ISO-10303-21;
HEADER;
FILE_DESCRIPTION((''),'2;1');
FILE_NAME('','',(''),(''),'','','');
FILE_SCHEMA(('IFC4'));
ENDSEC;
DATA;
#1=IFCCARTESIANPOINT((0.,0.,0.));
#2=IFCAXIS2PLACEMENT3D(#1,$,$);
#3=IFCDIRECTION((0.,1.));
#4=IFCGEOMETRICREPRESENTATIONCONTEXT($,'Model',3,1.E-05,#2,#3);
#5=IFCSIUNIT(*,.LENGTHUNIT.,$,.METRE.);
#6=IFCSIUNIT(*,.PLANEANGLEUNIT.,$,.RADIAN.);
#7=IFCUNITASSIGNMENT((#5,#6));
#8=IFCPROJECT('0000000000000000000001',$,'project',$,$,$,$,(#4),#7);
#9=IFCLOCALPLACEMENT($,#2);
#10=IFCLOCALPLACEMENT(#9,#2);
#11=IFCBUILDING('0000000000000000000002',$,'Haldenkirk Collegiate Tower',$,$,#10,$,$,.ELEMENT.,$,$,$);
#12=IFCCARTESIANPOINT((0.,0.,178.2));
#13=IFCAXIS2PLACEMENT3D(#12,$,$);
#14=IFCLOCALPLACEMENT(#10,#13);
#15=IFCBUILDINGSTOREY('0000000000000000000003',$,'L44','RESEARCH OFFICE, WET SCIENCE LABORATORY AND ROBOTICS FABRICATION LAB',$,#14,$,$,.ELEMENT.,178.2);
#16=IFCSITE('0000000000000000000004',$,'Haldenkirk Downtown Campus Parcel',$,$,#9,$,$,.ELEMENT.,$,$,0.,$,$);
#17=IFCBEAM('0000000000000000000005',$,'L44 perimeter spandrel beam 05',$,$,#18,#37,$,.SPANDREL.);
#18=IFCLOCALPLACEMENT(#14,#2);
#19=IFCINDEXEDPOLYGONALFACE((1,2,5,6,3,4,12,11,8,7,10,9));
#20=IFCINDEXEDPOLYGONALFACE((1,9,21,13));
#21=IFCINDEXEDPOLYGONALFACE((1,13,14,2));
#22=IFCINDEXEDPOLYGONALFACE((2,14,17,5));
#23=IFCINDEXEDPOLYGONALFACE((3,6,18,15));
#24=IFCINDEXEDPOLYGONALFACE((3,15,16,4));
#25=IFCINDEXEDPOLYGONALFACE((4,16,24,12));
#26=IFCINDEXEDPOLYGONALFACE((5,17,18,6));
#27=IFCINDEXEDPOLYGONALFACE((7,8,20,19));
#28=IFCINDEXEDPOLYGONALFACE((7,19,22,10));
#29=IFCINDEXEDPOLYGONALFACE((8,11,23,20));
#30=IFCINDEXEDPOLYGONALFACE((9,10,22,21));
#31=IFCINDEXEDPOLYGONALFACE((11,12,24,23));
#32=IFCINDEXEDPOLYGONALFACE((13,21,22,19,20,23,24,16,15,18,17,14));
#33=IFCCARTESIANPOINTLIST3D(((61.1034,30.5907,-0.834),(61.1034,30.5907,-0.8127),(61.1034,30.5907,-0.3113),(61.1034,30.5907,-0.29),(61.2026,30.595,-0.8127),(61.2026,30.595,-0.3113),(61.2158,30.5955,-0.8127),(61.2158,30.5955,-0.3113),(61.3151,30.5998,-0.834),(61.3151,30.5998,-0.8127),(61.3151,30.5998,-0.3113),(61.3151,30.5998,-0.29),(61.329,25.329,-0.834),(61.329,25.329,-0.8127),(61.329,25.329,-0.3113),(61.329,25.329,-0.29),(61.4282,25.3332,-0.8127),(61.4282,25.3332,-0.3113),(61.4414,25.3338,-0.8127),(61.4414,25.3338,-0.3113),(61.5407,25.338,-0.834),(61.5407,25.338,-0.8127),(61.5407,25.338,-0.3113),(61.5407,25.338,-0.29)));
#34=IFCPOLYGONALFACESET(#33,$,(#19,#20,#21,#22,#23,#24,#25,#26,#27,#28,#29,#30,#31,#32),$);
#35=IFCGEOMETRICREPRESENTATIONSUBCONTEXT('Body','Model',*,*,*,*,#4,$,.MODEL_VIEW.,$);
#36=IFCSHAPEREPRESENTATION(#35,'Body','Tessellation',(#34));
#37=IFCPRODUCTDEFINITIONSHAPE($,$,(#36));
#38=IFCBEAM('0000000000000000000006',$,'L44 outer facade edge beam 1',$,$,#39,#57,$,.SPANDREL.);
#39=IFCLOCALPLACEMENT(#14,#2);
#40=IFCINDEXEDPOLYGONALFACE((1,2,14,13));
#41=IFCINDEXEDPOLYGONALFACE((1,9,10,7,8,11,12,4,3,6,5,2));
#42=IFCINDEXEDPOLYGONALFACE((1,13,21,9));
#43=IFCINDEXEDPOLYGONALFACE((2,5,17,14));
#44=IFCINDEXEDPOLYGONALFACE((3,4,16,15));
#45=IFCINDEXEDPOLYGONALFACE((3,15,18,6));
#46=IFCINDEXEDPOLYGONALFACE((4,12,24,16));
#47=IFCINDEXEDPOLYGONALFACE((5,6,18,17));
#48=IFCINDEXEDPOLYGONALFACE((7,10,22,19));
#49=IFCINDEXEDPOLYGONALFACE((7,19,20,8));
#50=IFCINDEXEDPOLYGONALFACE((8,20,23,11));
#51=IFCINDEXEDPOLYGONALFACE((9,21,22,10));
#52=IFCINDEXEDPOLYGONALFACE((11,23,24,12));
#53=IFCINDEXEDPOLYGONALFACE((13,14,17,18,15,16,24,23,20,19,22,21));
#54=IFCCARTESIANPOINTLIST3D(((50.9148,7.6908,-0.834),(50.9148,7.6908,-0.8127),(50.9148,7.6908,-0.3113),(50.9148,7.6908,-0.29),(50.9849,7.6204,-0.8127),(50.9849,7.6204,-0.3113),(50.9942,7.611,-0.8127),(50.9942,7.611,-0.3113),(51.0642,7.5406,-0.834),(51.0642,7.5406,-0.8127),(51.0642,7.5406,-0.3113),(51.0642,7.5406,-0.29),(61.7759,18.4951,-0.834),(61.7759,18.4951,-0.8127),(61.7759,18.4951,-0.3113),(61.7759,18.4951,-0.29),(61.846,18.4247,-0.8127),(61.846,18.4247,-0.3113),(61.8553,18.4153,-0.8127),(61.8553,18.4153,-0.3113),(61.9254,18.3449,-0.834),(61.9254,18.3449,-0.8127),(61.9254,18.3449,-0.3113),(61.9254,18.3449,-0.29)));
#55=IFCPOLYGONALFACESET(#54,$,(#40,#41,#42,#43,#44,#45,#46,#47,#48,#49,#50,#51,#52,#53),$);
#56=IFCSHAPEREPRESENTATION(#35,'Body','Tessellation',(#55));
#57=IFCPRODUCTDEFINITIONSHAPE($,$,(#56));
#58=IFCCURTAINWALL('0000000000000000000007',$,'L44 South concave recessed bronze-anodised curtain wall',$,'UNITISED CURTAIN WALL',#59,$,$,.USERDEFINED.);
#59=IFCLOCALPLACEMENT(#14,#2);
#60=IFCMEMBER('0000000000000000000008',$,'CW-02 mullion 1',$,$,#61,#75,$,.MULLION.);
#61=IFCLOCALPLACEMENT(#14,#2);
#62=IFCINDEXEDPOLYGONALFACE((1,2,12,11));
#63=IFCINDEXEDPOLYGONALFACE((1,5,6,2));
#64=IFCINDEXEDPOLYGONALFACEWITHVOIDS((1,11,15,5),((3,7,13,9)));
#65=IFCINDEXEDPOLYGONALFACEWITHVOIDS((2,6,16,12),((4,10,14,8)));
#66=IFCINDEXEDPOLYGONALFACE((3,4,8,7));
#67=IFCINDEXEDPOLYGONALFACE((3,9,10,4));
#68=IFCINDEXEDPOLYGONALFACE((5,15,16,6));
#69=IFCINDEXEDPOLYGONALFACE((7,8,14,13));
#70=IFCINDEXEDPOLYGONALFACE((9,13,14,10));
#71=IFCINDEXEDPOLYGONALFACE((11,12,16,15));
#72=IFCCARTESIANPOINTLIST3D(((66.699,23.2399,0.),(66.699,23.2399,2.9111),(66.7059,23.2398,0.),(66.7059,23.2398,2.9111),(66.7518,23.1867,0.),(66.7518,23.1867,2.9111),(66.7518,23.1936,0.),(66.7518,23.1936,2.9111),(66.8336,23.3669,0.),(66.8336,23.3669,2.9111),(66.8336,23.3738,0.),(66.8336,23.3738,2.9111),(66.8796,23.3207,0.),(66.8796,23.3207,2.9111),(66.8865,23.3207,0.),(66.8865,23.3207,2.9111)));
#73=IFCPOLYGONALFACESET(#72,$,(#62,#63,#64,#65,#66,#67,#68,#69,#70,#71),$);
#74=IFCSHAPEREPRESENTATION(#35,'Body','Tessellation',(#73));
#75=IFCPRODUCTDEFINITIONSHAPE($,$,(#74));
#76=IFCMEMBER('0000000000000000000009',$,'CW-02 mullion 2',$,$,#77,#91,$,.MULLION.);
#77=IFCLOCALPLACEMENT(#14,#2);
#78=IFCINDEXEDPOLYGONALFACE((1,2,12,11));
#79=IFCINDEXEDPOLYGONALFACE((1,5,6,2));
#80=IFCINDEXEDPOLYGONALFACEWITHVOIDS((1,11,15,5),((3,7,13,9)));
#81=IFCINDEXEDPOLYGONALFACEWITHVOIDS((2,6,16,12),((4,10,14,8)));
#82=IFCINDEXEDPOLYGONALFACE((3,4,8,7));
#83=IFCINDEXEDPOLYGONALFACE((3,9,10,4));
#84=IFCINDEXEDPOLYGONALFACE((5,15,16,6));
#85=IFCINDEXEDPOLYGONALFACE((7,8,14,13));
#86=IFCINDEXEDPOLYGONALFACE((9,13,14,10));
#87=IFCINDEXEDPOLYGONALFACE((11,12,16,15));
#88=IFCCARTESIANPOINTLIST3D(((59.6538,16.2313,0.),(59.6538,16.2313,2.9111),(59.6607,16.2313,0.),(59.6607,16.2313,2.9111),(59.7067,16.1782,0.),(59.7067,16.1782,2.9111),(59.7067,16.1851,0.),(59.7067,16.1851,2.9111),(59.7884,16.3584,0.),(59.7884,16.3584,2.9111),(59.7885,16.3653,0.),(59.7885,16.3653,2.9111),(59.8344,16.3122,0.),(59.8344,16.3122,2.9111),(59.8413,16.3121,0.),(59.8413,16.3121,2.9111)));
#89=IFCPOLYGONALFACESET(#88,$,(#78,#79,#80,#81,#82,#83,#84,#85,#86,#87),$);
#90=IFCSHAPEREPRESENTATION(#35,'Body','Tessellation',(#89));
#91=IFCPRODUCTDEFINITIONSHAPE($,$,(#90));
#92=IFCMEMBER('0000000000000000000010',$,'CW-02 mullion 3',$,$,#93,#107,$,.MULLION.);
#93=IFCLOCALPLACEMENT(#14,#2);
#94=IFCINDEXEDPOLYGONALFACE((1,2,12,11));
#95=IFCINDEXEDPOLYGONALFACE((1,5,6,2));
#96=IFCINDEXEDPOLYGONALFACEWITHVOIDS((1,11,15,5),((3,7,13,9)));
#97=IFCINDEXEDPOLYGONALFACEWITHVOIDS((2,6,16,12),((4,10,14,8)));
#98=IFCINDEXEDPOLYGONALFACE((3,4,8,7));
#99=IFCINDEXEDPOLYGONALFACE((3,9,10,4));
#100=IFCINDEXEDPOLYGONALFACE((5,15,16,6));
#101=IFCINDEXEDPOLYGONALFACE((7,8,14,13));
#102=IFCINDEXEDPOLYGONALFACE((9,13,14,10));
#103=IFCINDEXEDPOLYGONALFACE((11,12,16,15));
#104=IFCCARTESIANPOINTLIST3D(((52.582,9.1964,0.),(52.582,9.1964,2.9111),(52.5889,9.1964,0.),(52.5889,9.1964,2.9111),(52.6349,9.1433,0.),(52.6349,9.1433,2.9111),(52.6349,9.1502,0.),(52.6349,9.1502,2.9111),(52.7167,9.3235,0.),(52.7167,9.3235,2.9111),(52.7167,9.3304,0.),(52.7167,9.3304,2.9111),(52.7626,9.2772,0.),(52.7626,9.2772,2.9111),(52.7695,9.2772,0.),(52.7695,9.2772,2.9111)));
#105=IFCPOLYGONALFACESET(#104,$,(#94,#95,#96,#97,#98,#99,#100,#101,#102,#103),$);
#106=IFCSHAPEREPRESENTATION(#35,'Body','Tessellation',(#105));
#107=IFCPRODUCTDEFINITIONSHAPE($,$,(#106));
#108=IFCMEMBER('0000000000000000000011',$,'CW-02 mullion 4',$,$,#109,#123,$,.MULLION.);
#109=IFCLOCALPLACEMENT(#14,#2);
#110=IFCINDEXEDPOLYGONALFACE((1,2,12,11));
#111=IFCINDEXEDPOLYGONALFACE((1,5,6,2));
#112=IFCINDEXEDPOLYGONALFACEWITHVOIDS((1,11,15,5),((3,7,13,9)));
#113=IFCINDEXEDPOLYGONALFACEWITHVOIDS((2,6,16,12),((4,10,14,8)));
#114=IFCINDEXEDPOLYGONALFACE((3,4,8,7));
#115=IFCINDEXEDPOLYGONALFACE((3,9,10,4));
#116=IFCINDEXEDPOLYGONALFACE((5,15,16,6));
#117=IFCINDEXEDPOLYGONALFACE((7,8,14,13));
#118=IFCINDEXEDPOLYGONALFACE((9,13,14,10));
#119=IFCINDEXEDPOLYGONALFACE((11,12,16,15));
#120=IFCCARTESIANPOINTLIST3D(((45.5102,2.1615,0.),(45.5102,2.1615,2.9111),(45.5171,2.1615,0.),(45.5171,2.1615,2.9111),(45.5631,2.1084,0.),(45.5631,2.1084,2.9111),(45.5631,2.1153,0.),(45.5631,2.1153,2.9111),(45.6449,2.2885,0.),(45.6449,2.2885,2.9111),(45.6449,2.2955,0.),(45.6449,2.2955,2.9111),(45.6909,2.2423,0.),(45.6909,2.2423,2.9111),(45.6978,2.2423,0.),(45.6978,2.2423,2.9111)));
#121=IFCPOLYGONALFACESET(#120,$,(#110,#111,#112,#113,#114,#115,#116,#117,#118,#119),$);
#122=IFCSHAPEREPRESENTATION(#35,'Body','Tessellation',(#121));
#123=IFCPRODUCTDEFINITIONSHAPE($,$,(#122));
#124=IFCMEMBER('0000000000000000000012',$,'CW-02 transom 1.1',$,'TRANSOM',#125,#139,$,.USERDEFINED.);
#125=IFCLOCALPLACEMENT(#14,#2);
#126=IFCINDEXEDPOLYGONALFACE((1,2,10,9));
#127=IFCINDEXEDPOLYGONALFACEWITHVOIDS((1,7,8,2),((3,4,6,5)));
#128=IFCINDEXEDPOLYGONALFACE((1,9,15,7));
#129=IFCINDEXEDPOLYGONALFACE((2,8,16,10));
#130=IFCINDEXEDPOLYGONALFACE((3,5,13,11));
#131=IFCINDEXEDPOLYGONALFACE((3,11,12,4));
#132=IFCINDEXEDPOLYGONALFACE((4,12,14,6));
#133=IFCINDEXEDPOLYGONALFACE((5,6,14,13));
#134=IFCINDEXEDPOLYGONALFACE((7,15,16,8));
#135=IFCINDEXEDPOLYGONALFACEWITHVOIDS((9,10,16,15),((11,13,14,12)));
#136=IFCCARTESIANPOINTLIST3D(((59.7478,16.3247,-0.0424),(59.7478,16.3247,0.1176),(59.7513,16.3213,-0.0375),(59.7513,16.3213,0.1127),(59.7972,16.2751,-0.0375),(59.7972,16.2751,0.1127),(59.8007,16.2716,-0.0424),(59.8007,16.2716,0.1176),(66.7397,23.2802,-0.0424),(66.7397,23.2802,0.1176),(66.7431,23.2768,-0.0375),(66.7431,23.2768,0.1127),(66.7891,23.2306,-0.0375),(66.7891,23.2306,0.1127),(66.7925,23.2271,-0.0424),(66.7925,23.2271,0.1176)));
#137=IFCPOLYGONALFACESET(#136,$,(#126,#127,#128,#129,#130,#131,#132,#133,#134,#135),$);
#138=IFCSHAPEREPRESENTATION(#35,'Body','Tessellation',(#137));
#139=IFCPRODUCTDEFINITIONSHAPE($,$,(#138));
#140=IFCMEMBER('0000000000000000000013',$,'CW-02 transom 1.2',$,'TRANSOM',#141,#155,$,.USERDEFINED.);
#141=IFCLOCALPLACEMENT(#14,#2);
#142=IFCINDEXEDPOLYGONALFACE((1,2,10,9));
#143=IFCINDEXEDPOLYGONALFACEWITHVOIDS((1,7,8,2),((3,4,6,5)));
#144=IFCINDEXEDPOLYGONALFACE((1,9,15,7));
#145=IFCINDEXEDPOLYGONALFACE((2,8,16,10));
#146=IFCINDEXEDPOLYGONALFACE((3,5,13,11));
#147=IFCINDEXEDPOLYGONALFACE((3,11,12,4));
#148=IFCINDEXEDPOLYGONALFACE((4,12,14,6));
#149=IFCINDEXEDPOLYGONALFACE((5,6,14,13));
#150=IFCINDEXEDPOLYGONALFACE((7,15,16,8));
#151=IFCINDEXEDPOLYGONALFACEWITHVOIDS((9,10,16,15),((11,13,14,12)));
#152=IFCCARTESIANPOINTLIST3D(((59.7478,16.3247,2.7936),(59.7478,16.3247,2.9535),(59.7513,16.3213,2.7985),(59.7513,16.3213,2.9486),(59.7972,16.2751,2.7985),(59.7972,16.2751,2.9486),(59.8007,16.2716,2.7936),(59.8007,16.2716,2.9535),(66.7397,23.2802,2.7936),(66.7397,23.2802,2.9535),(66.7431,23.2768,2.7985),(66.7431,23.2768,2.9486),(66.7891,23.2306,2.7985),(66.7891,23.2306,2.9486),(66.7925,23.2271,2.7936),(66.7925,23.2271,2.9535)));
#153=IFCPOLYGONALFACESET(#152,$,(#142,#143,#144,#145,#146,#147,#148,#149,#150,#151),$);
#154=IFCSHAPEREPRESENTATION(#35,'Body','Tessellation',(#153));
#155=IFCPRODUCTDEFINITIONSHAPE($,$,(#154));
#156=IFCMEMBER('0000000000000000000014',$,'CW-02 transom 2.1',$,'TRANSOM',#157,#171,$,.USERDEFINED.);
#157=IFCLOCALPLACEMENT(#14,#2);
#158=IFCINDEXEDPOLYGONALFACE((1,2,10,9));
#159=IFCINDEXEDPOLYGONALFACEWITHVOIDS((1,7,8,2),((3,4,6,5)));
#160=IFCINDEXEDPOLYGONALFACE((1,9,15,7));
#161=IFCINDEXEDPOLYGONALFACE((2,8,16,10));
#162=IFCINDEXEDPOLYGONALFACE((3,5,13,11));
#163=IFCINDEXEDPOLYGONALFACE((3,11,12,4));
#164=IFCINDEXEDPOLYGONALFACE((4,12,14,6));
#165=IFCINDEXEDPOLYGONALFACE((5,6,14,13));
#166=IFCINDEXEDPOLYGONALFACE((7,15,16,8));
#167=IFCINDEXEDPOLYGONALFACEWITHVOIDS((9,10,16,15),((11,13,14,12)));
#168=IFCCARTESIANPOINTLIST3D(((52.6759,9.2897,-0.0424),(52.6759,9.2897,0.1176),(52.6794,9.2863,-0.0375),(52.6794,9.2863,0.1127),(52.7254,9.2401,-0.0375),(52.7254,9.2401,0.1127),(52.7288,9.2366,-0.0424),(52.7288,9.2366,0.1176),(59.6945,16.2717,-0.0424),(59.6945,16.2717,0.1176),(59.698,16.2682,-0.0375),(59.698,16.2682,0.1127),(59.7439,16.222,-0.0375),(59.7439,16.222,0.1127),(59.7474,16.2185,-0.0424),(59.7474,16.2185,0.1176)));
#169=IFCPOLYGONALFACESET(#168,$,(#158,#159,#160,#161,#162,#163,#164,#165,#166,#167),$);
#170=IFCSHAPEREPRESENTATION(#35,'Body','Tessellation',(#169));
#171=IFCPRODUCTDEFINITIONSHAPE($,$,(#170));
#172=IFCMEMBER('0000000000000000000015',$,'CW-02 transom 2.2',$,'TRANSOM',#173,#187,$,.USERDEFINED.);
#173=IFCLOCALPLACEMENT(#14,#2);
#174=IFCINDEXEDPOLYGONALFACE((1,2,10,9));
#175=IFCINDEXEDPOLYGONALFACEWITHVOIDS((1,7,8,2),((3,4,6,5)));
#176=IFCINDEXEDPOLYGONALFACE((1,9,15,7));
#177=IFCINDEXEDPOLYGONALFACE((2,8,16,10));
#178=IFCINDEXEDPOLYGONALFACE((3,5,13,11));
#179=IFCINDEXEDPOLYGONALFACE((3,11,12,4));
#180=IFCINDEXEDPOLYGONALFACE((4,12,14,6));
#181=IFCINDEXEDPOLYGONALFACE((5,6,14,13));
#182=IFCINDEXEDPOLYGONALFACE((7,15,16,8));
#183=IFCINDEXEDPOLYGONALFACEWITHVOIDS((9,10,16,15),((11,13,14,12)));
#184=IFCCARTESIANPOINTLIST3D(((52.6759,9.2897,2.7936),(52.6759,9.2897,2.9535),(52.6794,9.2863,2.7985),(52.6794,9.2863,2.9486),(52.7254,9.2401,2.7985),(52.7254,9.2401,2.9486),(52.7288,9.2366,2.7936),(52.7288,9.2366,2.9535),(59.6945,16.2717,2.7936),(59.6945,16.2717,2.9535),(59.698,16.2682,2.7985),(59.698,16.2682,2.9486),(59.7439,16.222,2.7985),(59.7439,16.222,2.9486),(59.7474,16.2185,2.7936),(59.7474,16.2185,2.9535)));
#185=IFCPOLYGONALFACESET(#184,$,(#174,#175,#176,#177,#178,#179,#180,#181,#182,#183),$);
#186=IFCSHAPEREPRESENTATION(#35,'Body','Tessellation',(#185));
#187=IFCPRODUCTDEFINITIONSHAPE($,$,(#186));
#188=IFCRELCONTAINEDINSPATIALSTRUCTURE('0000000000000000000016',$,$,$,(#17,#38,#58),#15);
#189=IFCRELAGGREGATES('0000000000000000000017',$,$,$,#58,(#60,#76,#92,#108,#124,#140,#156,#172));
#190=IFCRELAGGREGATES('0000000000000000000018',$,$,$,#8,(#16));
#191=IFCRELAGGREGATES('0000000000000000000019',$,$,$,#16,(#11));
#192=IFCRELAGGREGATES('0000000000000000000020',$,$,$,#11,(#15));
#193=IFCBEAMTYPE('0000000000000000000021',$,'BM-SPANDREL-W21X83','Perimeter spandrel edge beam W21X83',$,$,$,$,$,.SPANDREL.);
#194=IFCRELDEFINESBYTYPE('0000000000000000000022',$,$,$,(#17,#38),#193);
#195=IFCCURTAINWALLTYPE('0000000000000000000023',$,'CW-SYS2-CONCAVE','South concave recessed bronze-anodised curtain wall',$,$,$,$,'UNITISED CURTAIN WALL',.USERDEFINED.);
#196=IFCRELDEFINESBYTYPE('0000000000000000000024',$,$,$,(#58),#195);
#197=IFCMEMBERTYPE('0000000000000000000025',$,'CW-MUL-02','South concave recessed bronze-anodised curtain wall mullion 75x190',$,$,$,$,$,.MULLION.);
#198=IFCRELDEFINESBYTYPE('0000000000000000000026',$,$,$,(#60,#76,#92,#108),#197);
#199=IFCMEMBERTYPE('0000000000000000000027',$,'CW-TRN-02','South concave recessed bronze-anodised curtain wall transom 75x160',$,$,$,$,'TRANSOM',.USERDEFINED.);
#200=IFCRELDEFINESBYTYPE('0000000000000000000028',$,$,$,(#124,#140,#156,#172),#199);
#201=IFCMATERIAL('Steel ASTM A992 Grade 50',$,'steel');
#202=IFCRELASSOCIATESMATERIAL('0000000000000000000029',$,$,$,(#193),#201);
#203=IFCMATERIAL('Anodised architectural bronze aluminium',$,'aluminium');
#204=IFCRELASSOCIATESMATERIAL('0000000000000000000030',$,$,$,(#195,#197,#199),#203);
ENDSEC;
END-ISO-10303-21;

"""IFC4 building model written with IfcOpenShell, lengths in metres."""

from ifc_helpers import new_model, si_unit, direction, frame, origin, origin_2d, place, context, subcontext, project, spatial, hollow_rectangle, i_section, extrude, material, material_profile, profile_set, type_object, element, aggregate, save


model = new_model("IFC4")

# Units and contexts
model_context = context("Model", 3, precision=1e-05, world=origin(), true_north=direction((0.0, 1.0)))
body_context = subcontext(model_context, "Body", "Model", "MODEL_VIEW")
ifc_project = project(units=[si_unit("LENGTHUNIT", "METRE"), si_unit("PLANEANGLEUNIT", "RADIAN")], contexts=[model_context])

# Site, building, storey
site_placement = place(None, origin())
site = spatial("IfcSite", under=ifc_project, at=site_placement, Name="Haldenkirk Downtown Campus Parcel", CompositionType="ELEMENT", RefElevation=0.0)
building_placement = place(site_placement, origin())
building = spatial("IfcBuilding", under=site, at=building_placement, Name="Haldenkirk Collegiate Tower", CompositionType="ELEMENT")
storey_placement = place(building_placement, frame((0.0, 0.0, 178.2)))
storey = spatial("IfcBuildingStorey", under=building, at=storey_placement, Name="L44", Description="RESEARCH OFFICE, WET SCIENCE LABORATORY AND ROBOTICS FABRICATION LAB", CompositionType="ELEMENT", Elevation=178.2)

# Beams
ifc_material_1 = material(Name="Steel ASTM A992 Grade 50", Category="steel")
ifc_material_profile_1 = material_profile(ifc_material_1, i_section(OverallWidth=0.2119, OverallDepth=0.5439, WebThickness=0.0132, FlangeThickness=0.0212, at=origin_2d()), Name="W21X83")
ifc_profile_set_1 = profile_set([ifc_material_profile_1], Name="Steel ASTM A992 Grade 50")
beam_type_1 = type_object("IfcBeamType", Name="BM-SPANDREL-W21X83", Description="Perimeter spandrel edge beam W21X83", PredefinedType="SPANDREL", material=ifc_profile_set_1)
beam_1_placement = place(storey_placement, frame((61.4348, 25.3335, -0.562), z_axis=(-0.042834, 0.999082, 0.0), x_axis=(-0.999082, -0.042834, 0.0)))
element("IfcBeam", 1, at=beam_1_placement, inside=storey, type_object=beam_type_1, Name="L44 perimeter spandrel beam 05", PredefinedType="SPANDREL", context=body_context, shape_type="SweptSolid", body=[
    extrude(i_section(OverallWidth=0.2119, OverallDepth=0.5439, WebThickness=0.0132, FlangeThickness=0.0212, at=origin_2d()), origin(), (0.0, 0.0, 1.0), 5.2666),
])
beam_2_placement = place(storey_placement, frame((50.9895, 7.6157, -0.562), z_axis=(0.708961, 0.705248, 0.0), x_axis=(-0.705248, 0.708961, 0.0)))
element("IfcBeam", 2, at=beam_2_placement, inside=storey, type_object=beam_type_1, Name="L44 outer facade edge beam 1", PredefinedType="SPANDREL", context=body_context, shape_type="SweptSolid", body=[
    extrude(i_section(OverallWidth=0.2119, OverallDepth=0.5439, WebThickness=0.0132, FlangeThickness=0.0212, at=origin_2d()), origin(), (0.0, 0.0, 1.0), 15.3198),
])

# Curtain wall, members
ifc_material_2 = material(Name="Anodised architectural bronze aluminium", Category="aluminium")
curtain_wall_type = type_object("IfcCurtainWallType", Name="CW-SYS2-CONCAVE", Description="South concave recessed bronze-anodised curtain wall", ElementType="UNITISED CURTAIN WALL", PredefinedType="USERDEFINED", material=ifc_material_2)
curtain_wall_placement = place(storey_placement, origin())
curtain_wall = element("IfcCurtainWall", 3, at=curtain_wall_placement, inside=storey, type_object=curtain_wall_type, Name="L44 South concave recessed bronze-anodised curtain wall", ObjectType="UNITISED CURTAIN WALL", PredefinedType="USERDEFINED")
ifc_material_profile_2 = material_profile(ifc_material_2, hollow_rectangle(XDim=0.075, YDim=0.1899, WallThickness=0.0049, at=origin_2d()), Name="CW-MUL-02")
ifc_profile_set_2 = profile_set([ifc_material_profile_2], Name="Anodised architectural bronze aluminium")
member_type_1 = type_object("IfcMemberType", Name="CW-MUL-02", Description="South concave recessed bronze-anodised curtain wall mullion 75x190", PredefinedType="MULLION", material=ifc_profile_set_2)
member_1_placement = place(storey_placement, frame((66.7927, 23.2803, 0.0), z_axis=(0.0, 0.0, 1.0), x_axis=(0.705255, -0.708954, 0.0)))
member_1 = element("IfcMember", 4, at=member_1_placement, type_object=member_type_1, Name="CW-02 mullion 1", PredefinedType="MULLION", context=body_context, shape_type="SweptSolid", body=[
    extrude(hollow_rectangle(XDim=0.075, YDim=0.1899, WallThickness=0.0049, at=origin_2d()), origin(), (0.0, 0.0, 1.0), 2.9111),
])
member_2_placement = place(storey_placement, frame((59.7476, 16.2717, 0.0), z_axis=(0.0, 0.0, 1.0), x_axis=(0.705255, -0.708954, 0.0)))
member_2 = element("IfcMember", 5, at=member_2_placement, type_object=member_type_1, Name="CW-02 mullion 2", PredefinedType="MULLION", context=body_context, shape_type="SweptSolid", body=[
    extrude(hollow_rectangle(XDim=0.075, YDim=0.1899, WallThickness=0.0049, at=origin_2d()), origin(), (0.0, 0.0, 1.0), 2.9111),
])
member_3_placement = place(storey_placement, frame((52.6758, 9.2368, 0.0), z_axis=(0.0, 0.0, 1.0), x_axis=(0.705255, -0.708954, 0.0)))
member_3 = element("IfcMember", 6, at=member_3_placement, type_object=member_type_1, Name="CW-02 mullion 3", PredefinedType="MULLION", context=body_context, shape_type="SweptSolid", body=[
    extrude(hollow_rectangle(XDim=0.075, YDim=0.1899, WallThickness=0.0049, at=origin_2d()), origin(), (0.0, 0.0, 1.0), 2.9111),
])
member_4_placement = place(storey_placement, frame((45.604, 2.2019, 0.0), z_axis=(0.0, 0.0, 1.0), x_axis=(0.705255, -0.708954, 0.0)))
member_4 = element("IfcMember", 7, at=member_4_placement, type_object=member_type_1, Name="CW-02 mullion 4", PredefinedType="MULLION", context=body_context, shape_type="SweptSolid", body=[
    extrude(hollow_rectangle(XDim=0.075, YDim=0.1899, WallThickness=0.0049, at=origin_2d()), origin(), (0.0, 0.0, 1.0), 2.9111),
])
ifc_material_profile_3 = material_profile(ifc_material_2, hollow_rectangle(XDim=0.075, YDim=0.1599, WallThickness=0.0049, at=origin_2d()), Name="CW-TRN-02")
ifc_profile_set_3 = profile_set([ifc_material_profile_3], Name="Anodised architectural bronze aluminium")
member_type_2 = type_object("IfcMemberType", Name="CW-TRN-02", Description="South concave recessed bronze-anodised curtain wall transom 75x160", ElementType="TRANSOM", PredefinedType="USERDEFINED", material=ifc_profile_set_3)
member_5_placement = place(storey_placement, frame((66.7661, 23.2537, 0.0376), z_axis=(-0.708949, -0.70526, 0.0), x_axis=(0.70526, -0.708949, 0.0)))
member_5 = element("IfcMember", 8, at=member_5_placement, type_object=member_type_2, Name="CW-02 transom 1.1", ObjectType="TRANSOM", PredefinedType="USERDEFINED", context=body_context, shape_type="SweptSolid", body=[
    extrude(hollow_rectangle(XDim=0.075, YDim=0.1599, WallThickness=0.0049, at=origin_2d()), origin(), (0.0, 0.0, 1.0), 9.8623),
])
member_6_placement = place(storey_placement, frame((66.7661, 23.2537, 2.8735), z_axis=(-0.708949, -0.70526, 0.0), x_axis=(0.70526, -0.708949, 0.0)))
member_6 = element("IfcMember", 9, at=member_6_placement, type_object=member_type_2, Name="CW-02 transom 1.2", ObjectType="TRANSOM", PredefinedType="USERDEFINED", context=body_context, shape_type="SweptSolid", body=[
    extrude(hollow_rectangle(XDim=0.075, YDim=0.1599, WallThickness=0.0049, at=origin_2d()), origin(), (0.0, 0.0, 1.0), 9.8623),
])
member_7_placement = place(storey_placement, frame((59.7209, 16.2451, 0.0376), z_axis=(-0.708954, -0.705255, 0.0), x_axis=(0.705255, -0.708954, 0.0)))
member_7 = element("IfcMember", 10, at=member_7_placement, type_object=member_type_2, Name="CW-02 transom 2.1", ObjectType="TRANSOM", PredefinedType="USERDEFINED", context=body_context, shape_type="SweptSolid", body=[
    extrude(hollow_rectangle(XDim=0.075, YDim=0.1599, WallThickness=0.0049, at=origin_2d()), origin(), (0.0, 0.0, 1.0), 9.8999),
])
member_8_placement = place(storey_placement, frame((59.7209, 16.2451, 2.8735), z_axis=(-0.708954, -0.705255, 0.0), x_axis=(0.705255, -0.708954, 0.0)))
member_8 = element("IfcMember", 11, at=member_8_placement, type_object=member_type_2, Name="CW-02 transom 2.2", ObjectType="TRANSOM", PredefinedType="USERDEFINED", context=body_context, shape_type="SweptSolid", body=[
    extrude(hollow_rectangle(XDim=0.075, YDim=0.1599, WallThickness=0.0049, at=origin_2d()), origin(), (0.0, 0.0, 1.0), 9.8999),
])

aggregate(curtain_wall, [member_1, member_2, member_3, member_4, member_5, member_6, member_7, member_8])

save(model, "model.ifc")
